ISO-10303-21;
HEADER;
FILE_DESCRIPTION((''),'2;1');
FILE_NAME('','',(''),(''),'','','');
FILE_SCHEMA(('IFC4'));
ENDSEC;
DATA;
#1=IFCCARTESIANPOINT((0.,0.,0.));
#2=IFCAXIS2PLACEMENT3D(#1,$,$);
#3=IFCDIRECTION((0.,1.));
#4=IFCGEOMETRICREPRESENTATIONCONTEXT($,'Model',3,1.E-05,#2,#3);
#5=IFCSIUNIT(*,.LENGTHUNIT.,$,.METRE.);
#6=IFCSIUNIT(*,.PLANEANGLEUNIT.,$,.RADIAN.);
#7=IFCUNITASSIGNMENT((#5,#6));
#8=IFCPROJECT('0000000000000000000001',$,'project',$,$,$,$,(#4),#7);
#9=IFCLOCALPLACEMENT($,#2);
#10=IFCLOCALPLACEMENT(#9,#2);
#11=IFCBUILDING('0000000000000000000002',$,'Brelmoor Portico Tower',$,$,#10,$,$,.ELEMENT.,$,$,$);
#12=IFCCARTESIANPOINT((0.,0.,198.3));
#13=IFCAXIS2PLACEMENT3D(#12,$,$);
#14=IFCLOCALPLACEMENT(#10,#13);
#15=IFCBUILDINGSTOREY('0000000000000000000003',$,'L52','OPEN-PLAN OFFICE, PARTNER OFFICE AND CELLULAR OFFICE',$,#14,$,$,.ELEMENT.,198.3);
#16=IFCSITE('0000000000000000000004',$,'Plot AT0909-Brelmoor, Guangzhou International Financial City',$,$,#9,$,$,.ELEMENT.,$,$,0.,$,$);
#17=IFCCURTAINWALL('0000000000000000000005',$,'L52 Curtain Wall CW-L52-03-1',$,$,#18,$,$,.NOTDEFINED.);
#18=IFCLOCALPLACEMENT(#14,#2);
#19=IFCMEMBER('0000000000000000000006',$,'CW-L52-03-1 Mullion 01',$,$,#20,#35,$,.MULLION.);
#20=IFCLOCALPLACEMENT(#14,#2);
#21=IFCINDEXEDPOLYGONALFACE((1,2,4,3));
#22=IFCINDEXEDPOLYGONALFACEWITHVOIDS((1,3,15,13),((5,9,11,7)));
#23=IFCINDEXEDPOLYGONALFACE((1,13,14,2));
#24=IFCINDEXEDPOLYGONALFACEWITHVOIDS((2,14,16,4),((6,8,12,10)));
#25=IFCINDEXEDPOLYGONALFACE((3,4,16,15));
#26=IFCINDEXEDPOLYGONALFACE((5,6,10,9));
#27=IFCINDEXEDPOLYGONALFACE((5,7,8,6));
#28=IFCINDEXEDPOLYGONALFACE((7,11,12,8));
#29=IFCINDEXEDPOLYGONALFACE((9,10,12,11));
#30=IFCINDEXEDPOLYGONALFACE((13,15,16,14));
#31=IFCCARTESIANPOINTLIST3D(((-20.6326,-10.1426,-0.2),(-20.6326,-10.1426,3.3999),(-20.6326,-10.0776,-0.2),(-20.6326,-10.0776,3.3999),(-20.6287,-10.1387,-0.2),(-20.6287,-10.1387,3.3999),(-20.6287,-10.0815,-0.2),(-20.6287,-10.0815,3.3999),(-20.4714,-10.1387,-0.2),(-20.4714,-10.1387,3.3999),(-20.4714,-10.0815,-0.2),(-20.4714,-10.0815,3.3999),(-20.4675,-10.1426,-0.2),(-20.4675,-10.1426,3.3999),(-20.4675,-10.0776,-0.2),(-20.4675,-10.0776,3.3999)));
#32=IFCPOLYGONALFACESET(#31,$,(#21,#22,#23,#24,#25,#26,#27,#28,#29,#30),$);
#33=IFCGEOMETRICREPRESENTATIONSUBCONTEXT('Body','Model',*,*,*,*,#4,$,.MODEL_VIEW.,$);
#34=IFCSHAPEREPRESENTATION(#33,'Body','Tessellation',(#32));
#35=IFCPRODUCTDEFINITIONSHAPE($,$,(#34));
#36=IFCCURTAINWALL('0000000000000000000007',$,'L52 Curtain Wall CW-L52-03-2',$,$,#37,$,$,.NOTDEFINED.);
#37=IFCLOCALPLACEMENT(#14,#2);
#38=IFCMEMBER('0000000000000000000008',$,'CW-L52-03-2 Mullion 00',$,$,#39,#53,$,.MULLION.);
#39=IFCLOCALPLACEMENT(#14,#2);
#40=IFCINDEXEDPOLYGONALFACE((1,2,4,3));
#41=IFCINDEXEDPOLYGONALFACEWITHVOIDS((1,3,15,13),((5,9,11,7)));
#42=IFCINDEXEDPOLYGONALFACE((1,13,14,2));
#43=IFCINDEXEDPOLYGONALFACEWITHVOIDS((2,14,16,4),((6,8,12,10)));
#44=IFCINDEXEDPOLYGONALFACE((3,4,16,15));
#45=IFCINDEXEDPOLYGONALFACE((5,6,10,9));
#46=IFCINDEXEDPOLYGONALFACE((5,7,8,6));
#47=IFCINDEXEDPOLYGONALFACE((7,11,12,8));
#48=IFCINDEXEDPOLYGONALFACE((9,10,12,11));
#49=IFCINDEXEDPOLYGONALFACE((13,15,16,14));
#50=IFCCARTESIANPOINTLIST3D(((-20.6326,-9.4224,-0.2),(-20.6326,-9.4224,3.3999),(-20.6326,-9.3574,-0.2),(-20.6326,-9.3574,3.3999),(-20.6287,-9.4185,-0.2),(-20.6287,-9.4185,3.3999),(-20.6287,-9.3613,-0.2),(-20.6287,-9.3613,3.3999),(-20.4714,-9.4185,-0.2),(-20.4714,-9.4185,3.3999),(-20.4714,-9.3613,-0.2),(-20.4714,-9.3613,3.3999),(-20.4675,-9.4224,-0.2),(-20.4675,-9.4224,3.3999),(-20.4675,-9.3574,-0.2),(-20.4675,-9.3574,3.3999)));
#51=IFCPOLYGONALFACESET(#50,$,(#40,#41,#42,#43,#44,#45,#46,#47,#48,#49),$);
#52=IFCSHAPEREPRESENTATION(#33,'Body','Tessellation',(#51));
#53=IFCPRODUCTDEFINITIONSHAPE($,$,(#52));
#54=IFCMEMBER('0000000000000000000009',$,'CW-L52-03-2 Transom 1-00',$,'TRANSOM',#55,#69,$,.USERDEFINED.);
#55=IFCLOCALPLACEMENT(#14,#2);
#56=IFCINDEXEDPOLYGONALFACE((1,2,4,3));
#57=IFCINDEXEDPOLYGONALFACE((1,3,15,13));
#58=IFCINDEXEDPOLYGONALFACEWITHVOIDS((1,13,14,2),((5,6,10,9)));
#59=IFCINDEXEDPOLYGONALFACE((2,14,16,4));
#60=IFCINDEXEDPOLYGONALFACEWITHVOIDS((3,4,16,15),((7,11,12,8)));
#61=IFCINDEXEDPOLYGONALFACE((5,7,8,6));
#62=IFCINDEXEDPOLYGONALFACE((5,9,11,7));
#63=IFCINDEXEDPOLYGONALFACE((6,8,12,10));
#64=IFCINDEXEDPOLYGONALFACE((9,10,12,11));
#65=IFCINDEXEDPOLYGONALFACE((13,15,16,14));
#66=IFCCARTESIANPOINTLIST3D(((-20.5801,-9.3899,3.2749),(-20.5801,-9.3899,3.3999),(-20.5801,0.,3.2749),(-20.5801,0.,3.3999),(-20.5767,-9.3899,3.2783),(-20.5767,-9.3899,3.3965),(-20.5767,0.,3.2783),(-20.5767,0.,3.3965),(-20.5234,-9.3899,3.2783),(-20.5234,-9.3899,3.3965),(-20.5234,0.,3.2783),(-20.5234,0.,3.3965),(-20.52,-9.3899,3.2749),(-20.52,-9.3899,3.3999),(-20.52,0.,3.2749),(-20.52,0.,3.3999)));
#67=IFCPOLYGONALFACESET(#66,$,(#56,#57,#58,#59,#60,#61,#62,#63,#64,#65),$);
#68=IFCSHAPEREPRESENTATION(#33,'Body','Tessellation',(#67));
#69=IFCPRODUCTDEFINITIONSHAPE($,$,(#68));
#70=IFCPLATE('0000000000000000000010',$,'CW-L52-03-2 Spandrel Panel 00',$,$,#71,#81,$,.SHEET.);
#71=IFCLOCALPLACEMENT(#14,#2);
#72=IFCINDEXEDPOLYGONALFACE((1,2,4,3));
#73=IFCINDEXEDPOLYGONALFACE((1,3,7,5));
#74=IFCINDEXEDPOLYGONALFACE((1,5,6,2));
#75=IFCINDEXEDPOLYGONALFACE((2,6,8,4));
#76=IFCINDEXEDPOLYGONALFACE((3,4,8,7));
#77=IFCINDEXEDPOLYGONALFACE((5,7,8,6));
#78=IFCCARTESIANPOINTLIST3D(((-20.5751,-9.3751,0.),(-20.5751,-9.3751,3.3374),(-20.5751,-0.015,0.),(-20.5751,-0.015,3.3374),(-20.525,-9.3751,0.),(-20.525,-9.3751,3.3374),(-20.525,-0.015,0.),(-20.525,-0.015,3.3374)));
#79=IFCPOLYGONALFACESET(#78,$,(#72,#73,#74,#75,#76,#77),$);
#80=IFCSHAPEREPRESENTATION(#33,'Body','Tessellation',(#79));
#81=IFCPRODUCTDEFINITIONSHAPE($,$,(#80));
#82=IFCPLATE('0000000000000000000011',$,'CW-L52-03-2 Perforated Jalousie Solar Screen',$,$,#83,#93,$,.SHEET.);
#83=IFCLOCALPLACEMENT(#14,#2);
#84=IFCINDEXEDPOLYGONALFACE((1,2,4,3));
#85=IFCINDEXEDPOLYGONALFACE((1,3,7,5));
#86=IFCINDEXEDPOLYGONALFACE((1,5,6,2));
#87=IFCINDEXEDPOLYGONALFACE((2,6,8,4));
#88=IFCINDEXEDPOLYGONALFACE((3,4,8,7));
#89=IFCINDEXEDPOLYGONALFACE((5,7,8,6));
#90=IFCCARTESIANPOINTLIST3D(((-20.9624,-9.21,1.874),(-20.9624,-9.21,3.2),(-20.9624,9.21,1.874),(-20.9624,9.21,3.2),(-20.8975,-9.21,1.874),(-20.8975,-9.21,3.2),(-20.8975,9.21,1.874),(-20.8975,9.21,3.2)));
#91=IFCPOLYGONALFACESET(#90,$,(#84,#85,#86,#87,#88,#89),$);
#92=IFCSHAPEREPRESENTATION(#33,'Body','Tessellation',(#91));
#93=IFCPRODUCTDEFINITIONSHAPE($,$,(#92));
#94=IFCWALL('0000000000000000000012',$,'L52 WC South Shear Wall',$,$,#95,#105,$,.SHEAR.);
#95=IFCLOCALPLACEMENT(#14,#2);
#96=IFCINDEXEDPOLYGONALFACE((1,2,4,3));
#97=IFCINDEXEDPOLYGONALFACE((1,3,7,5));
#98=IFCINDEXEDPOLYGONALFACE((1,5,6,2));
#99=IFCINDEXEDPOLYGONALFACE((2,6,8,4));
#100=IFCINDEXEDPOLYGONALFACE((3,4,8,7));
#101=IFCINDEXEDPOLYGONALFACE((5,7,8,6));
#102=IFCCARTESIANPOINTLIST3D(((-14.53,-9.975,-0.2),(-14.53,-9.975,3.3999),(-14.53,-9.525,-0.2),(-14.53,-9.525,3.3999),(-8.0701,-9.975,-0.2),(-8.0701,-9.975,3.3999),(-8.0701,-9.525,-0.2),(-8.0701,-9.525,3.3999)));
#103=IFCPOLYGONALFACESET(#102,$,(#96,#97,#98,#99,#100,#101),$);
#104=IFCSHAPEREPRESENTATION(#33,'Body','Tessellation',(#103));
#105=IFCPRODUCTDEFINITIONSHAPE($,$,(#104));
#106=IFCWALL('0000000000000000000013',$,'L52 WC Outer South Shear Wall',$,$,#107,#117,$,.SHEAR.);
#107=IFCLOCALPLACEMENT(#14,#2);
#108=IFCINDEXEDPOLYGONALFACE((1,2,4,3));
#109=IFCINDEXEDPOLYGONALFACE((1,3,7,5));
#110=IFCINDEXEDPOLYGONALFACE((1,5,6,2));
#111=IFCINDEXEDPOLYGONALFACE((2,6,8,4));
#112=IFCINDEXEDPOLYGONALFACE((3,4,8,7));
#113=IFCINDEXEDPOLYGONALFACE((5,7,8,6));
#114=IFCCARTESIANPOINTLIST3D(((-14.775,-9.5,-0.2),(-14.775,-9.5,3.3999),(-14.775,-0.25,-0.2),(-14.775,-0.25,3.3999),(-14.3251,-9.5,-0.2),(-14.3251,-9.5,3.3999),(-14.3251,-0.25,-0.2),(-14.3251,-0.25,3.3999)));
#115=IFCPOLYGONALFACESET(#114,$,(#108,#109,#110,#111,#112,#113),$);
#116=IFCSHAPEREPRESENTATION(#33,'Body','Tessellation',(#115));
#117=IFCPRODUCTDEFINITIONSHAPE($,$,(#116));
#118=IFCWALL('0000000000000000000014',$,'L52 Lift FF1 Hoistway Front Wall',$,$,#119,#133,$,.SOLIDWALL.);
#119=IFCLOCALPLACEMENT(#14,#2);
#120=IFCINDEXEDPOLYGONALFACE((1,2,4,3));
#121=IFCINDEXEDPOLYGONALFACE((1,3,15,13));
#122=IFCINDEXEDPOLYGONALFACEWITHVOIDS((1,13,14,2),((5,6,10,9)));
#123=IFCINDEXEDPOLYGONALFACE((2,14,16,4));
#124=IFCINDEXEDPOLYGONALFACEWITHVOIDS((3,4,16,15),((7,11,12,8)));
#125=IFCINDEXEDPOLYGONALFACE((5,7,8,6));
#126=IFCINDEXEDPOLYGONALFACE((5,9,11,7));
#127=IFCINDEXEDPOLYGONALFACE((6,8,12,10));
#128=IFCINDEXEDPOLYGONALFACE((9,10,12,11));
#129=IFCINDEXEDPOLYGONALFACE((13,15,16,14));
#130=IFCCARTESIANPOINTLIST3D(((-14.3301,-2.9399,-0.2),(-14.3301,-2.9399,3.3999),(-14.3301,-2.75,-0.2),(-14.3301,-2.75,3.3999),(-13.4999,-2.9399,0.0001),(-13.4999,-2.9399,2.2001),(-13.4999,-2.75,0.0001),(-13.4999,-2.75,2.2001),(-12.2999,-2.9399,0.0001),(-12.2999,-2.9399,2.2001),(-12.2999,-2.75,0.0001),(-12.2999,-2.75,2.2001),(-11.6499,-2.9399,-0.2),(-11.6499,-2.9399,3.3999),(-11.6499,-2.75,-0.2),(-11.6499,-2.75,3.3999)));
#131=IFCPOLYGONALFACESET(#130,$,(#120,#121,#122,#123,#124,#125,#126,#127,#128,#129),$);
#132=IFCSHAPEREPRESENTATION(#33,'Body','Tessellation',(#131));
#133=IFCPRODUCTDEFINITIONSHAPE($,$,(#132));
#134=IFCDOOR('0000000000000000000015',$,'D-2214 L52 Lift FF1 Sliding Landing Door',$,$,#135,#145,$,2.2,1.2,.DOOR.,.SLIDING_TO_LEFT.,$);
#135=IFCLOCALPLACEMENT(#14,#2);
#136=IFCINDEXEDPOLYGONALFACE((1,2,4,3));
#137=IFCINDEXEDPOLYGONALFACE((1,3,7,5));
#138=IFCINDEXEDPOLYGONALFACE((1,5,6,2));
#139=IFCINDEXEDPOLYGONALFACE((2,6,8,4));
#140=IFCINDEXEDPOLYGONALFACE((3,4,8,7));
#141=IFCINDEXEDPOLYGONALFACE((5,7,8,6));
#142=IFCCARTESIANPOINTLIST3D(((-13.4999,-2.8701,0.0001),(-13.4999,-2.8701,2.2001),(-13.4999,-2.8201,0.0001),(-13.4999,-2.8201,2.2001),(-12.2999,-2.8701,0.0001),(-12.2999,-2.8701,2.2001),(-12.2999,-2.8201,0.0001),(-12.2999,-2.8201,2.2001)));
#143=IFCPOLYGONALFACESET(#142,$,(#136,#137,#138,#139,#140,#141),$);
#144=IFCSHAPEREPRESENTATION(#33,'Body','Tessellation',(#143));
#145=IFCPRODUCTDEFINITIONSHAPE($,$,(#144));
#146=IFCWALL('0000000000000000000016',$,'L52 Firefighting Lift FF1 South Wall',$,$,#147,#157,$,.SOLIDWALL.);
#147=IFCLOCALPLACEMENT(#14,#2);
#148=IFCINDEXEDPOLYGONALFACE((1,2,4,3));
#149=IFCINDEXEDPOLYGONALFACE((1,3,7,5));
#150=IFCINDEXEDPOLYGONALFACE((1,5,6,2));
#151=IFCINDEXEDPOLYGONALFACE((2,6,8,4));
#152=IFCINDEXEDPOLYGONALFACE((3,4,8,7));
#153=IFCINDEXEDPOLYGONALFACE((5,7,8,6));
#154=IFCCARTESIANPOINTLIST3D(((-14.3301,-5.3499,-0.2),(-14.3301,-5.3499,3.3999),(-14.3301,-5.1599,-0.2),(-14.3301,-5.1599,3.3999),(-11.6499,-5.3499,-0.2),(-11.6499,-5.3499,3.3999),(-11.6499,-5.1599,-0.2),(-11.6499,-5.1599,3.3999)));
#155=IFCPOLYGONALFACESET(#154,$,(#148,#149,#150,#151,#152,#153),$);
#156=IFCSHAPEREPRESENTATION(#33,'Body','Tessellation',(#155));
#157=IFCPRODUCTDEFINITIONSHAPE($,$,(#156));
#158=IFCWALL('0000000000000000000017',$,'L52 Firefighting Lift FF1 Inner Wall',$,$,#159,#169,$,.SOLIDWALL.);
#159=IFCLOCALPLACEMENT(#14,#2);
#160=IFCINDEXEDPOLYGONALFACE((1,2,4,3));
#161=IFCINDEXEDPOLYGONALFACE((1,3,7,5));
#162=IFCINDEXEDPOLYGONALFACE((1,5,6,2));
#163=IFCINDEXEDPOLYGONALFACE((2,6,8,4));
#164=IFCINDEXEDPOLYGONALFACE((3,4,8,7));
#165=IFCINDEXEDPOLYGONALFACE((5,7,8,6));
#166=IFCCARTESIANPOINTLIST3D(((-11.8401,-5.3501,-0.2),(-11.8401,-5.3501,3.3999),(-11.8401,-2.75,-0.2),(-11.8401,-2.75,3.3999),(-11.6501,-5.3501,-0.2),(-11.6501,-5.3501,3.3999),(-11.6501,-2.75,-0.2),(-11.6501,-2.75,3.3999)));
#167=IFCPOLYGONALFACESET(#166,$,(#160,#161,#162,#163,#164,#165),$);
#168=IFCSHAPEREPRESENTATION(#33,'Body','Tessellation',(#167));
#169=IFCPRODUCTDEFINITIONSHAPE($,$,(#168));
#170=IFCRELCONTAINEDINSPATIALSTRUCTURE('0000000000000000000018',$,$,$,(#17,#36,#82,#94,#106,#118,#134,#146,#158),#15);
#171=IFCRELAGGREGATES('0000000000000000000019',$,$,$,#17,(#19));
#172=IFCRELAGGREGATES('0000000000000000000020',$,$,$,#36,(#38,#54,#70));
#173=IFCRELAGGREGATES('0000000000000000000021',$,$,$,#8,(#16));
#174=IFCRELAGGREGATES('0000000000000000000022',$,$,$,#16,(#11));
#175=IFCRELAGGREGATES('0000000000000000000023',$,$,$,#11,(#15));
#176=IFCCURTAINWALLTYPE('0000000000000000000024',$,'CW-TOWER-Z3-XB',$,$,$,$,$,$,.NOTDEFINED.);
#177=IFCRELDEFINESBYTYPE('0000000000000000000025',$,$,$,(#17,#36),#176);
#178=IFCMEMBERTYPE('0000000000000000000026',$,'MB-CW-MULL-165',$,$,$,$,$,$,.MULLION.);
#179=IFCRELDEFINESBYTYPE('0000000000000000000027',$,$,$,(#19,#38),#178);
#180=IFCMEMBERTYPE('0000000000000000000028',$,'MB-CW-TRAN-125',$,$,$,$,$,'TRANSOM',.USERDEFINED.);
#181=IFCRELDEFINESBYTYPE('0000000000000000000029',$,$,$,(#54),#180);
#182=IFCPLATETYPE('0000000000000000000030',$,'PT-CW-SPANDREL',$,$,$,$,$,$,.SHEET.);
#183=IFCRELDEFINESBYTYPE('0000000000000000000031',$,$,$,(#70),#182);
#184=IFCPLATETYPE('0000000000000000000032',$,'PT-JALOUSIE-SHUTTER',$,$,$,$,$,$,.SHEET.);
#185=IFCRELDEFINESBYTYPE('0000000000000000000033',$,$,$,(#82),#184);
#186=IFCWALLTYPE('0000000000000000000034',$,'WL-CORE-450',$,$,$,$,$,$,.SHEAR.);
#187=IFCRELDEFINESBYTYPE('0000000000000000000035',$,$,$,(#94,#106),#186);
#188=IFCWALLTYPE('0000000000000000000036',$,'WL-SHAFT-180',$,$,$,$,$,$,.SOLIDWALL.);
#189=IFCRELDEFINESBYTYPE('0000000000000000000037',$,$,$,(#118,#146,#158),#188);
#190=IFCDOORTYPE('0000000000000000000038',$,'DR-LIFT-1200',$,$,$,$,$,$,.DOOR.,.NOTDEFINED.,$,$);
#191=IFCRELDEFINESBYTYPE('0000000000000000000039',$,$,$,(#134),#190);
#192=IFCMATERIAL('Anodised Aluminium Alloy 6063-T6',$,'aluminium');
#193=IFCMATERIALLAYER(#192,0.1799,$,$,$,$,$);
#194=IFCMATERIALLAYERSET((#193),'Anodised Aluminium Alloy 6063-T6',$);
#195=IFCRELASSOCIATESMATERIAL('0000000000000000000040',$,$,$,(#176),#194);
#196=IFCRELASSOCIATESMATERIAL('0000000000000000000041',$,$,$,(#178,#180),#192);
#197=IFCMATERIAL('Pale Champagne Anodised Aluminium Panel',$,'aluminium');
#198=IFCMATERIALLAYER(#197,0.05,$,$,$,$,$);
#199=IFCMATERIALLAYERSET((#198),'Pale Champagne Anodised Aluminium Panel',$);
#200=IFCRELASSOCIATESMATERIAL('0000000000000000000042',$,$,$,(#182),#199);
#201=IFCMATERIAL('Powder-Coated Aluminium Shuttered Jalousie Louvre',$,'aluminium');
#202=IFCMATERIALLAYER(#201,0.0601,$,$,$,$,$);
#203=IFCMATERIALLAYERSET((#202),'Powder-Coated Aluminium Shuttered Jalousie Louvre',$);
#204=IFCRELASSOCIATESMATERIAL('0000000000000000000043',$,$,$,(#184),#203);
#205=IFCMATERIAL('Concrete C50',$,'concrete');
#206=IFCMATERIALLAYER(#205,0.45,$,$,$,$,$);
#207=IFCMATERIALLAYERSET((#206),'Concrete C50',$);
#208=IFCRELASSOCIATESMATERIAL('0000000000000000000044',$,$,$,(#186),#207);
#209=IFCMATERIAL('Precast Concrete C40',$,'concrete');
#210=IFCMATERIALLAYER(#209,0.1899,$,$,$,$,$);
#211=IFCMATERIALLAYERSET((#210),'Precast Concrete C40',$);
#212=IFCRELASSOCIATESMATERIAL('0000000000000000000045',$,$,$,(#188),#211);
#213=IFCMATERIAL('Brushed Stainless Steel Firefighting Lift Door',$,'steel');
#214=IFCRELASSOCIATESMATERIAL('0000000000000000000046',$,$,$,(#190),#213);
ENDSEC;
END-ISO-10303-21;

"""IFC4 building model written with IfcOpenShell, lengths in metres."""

from ifc_helpers import new_model, si_unit, direction, frame, frame_2d, origin, origin_2d, place, context, subcontext, project, spatial, rectangle, hollow_rectangle, extrude, material, layer, layer_set, material_profile, profile_set, type_object, element, fill, aggregate, save


model = new_model("IFC4")

# Units and contexts
model_context = context("Model", 3, precision=1e-05, world=origin(), true_north=direction((0.0, 1.0)))
body_context = subcontext(model_context, "Body", "Model", "MODEL_VIEW")
ifc_project = project(units=[si_unit("LENGTHUNIT", "METRE"), si_unit("PLANEANGLEUNIT", "RADIAN")], contexts=[model_context])

# Site, building, storey
site_placement = place(None, origin())
site = spatial("IfcSite", under=ifc_project, at=site_placement, Name="Plot AT0909-Brelmoor, Guangzhou International Financial City", CompositionType="ELEMENT", RefElevation=0.0)
building_placement = place(site_placement, origin())
building = spatial("IfcBuilding", under=site, at=building_placement, Name="Brelmoor Portico Tower", CompositionType="ELEMENT")
storey_placement = place(building_placement, frame((0.0, 0.0, 198.3)))
storey = spatial("IfcBuildingStorey", under=building, at=storey_placement, Name="L52", Description="OPEN-PLAN OFFICE, PARTNER OFFICE AND CELLULAR OFFICE", CompositionType="ELEMENT", Elevation=198.3)

# Curtain wall, member
ifc_material_1 = material(Name="Anodised Aluminium Alloy 6063-T6", Category="aluminium")
ifc_layer_1 = layer(ifc_material_1, 0.1799)
ifc_layer_set_1 = layer_set([ifc_layer_1], Name="Anodised Aluminium Alloy 6063-T6")
curtain_wall_type = type_object("IfcCurtainWallType", Name="CW-TOWER-Z3-XB", PredefinedType="NOTDEFINED", material=ifc_layer_set_1)
curtain_wall_1_placement = place(storey_placement, origin())
curtain_wall_1 = element("IfcCurtainWall", 1, at=curtain_wall_1_placement, inside=storey, type_object=curtain_wall_type, Name="L52 Curtain Wall CW-L52-03-1", PredefinedType="NOTDEFINED")
ifc_material_profile_1 = material_profile(ifc_material_1, hollow_rectangle(XDim=0.0649, YDim=0.165, WallThickness=0.0039, at=origin_2d()), Name="ALU MULLION 65x165")
ifc_profile_set_1 = profile_set([ifc_material_profile_1], Name="Anodised Aluminium Alloy 6063-T6")
member_type_1 = type_object("IfcMemberType", Name="MB-CW-MULL-165", PredefinedType="MULLION", material=ifc_profile_set_1)
member_1_placement = place(storey_placement, frame((-20.55, -10.1101, -0.2), z_axis=(0.0, 0.0, 1.0), x_axis=(0.0, 1.0, 0.0)))
member_1 = element("IfcMember", 2, at=member_1_placement, type_object=member_type_1, Name="CW-L52-03-1 Mullion 01", PredefinedType="MULLION", context=body_context, shape_type="SweptSolid", body=[
    extrude(hollow_rectangle(XDim=0.0649, YDim=0.165, WallThickness=0.0039, at=origin_2d()), origin(), (0.0, 0.0, 1.0), 3.5999),
])
aggregate(curtain_wall_1, [member_1])

# Curtain wall, members, plate
curtain_wall_2_placement = place(storey_placement, origin())
curtain_wall_2 = element("IfcCurtainWall", 3, at=curtain_wall_2_placement, inside=storey, type_object=curtain_wall_type, Name="L52 Curtain Wall CW-L52-03-2", PredefinedType="NOTDEFINED")
member_2_placement = place(storey_placement, frame((-20.55, -9.3899, -0.2), z_axis=(0.0, 0.0, 1.0), x_axis=(0.0, 1.0, 0.0)))
member_2 = element("IfcMember", 4, at=member_2_placement, type_object=member_type_1, Name="CW-L52-03-2 Mullion 00", PredefinedType="MULLION", context=body_context, shape_type="SweptSolid", body=[
    extrude(hollow_rectangle(XDim=0.0649, YDim=0.165, WallThickness=0.0039, at=origin_2d()), origin(), (0.0, 0.0, 1.0), 3.5999),
])
ifc_material_profile_2 = material_profile(ifc_material_1, hollow_rectangle(XDim=0.0601, YDim=0.125, WallThickness=0.0034, at=origin_2d()), Name="ALU TRANSOM 60x125")
ifc_profile_set_2 = profile_set([ifc_material_profile_2], Name="Anodised Aluminium Alloy 6063-T6")
member_type_2 = type_object("IfcMemberType", Name="MB-CW-TRAN-125", ElementType="TRANSOM", PredefinedType="USERDEFINED", material=ifc_profile_set_2)
member_3_placement = place(storey_placement, frame((-20.55, -9.3899, 3.3374), z_axis=(0.0, 1.0, 0.0), x_axis=(-1.0, 0.0, 0.0)))
member_3 = element("IfcMember", 5, at=member_3_placement, type_object=member_type_2, Name="CW-L52-03-2 Transom 1-00", ObjectType="TRANSOM", PredefinedType="USERDEFINED", context=body_context, shape_type="SweptSolid", body=[
    extrude(hollow_rectangle(XDim=0.0601, YDim=0.125, WallThickness=0.0034, at=origin_2d()), origin(), (0.0, 0.0, 1.0), 9.3899),
])
ifc_material_2 = material(Name="Pale Champagne Anodised Aluminium Panel", Category="aluminium")
ifc_layer_2 = layer(ifc_material_2, 0.05)
ifc_layer_set_2 = layer_set([ifc_layer_2], Name="Pale Champagne Anodised Aluminium Panel")
plate_type_1 = type_object("IfcPlateType", Name="PT-CW-SPANDREL", PredefinedType="SHEET", material=ifc_layer_set_2)
plate_1_placement = place(storey_placement, frame((-20.55, -4.6951, 0.0), z_axis=(0.0, 0.0, 1.0), x_axis=(0.0, 1.0, 0.0)))
plate_1 = element("IfcPlate", 6, at=plate_1_placement, type_object=plate_type_1, Name="CW-L52-03-2 Spandrel Panel 00", PredefinedType="SHEET", context=body_context, shape_type="SweptSolid", body=[
    extrude(rectangle(XDim=9.3601, YDim=0.05, at=origin_2d()), origin(), (0.0, 0.0, 1.0), 3.3374),
])
aggregate(curtain_wall_2, [member_2, member_3, plate_1])

# Plate
ifc_material_3 = material(Name="Powder-Coated Aluminium Shuttered Jalousie Louvre", Category="aluminium")
ifc_layer_3 = layer(ifc_material_3, 0.0601)
ifc_layer_set_3 = layer_set([ifc_layer_3], Name="Powder-Coated Aluminium Shuttered Jalousie Louvre")
plate_type_2 = type_object("IfcPlateType", Name="PT-JALOUSIE-SHUTTER", PredefinedType="SHEET", material=ifc_layer_set_3)
plate_2_placement = place(storey_placement, frame((-20.9299, 0.0, 1.874), z_axis=(0.0, 0.0, 1.0), x_axis=(0.0, 1.0, 0.0)))
element("IfcPlate", 7, at=plate_2_placement, inside=storey, type_object=plate_type_2, Name="CW-L52-03-2 Perforated Jalousie Solar Screen", PredefinedType="SHEET", context=body_context, shape_type="SweptSolid", body=[
    extrude(rectangle(XDim=18.4199, YDim=0.0649, at=origin_2d()), origin(), (0.0, 0.0, 1.0), 1.3259),
])

# Walls
ifc_material_4 = material(Name="Concrete C50", Category="concrete")
ifc_layer_4 = layer(ifc_material_4, 0.45)
ifc_layer_set_4 = layer_set([ifc_layer_4], Name="Concrete C50")
wall_type_1 = type_object("IfcWallType", Name="WL-CORE-450", PredefinedType="SHEAR", material=ifc_layer_set_4)
wall_1_placement = place(storey_placement, frame((-14.53, -9.75, -0.2), z_axis=(0.0, 0.0, 1.0), x_axis=(1.0, 0.0, 0.0)))
element("IfcWall", 8, at=wall_1_placement, inside=storey, type_object=wall_type_1, Name="L52 WC South Shear Wall", PredefinedType="SHEAR", context=body_context, shape_type="SweptSolid", body=[
    extrude(rectangle(XDim=6.46, YDim=0.45, at=frame_2d((3.23, 0.0))), origin(), (0.0, 0.0, 1.0), 3.5999),
])
wall_2_placement = place(storey_placement, frame((-14.55, -9.5, -0.2), z_axis=(0.0, 0.0, 1.0), x_axis=(0.0, 1.0, 0.0)))
element("IfcWall", 9, at=wall_2_placement, inside=storey, type_object=wall_type_1, Name="L52 WC Outer South Shear Wall", PredefinedType="SHEAR", context=body_context, shape_type="SweptSolid", body=[
    extrude(rectangle(XDim=9.25, YDim=0.45, at=frame_2d((4.625, 0.0))), origin(), (0.0, 0.0, 1.0), 3.5999),
])

# Wall, opening, door
ifc_material_5 = material(Name="Precast Concrete C40", Category="concrete")
ifc_layer_5 = layer(ifc_material_5, 0.1899)
ifc_layer_set_5 = layer_set([ifc_layer_5], Name="Precast Concrete C40")
wall_type_2 = type_object("IfcWallType", Name="WL-SHAFT-180", PredefinedType="SOLIDWALL", material=ifc_layer_set_5)
wall_3_placement = place(storey_placement, frame((-14.3301, -2.845, -0.2), z_axis=(0.0, 0.0, 1.0), x_axis=(1.0, 0.0, 0.0)))
wall_3 = element("IfcWall", 10, at=wall_3_placement, inside=storey, type_object=wall_type_2, Name="L52 Lift FF1 Hoistway Front Wall", PredefinedType="SOLIDWALL", context=body_context, shape_type="SweptSolid", body=[
    extrude(rectangle(XDim=2.6802, YDim=0.1899, at=frame_2d((1.3401, 0.0))), origin(), (0.0, 0.0, 1.0), 3.5999),
])
opening_1_placement = place(wall_3_placement, frame((0.8301, 0.0, 0.2)))
opening_1 = element("IfcOpeningElement", 11, at=opening_1_placement, cuts=wall_3, PredefinedType="OPENING", context=body_context, shape_type="SweptSolid", body=[
    extrude(rectangle(XDim=1.2, YDim=2.2, at=frame_2d((0.6001, 1.1001))), frame((0.0, 0.105, 0.0), z_axis=(0.0, -1.0, 0.0), x_axis=(1.0, 0.0, 0.0)), (0.0, 0.0, 1.0), 0.21),
])
ifc_material_6 = material(Name="Brushed Stainless Steel Firefighting Lift Door", Category="steel")
door_type_1 = type_object("IfcDoorType", Name="DR-LIFT-1200", OperationType="NOTDEFINED", PredefinedType="DOOR", material=ifc_material_6)
door_1_placement = place(opening_1_placement, origin())
door_1 = element("IfcDoor", 12, at=door_1_placement, inside=storey, type_object=door_type_1, Name="D-2214 L52 Lift FF1 Sliding Landing Door", OperationType="SLIDING_TO_LEFT", OverallHeight=2.2, OverallWidth=1.2, PredefinedType="DOOR", context=body_context, shape_type="SweptSolid", body=[
    extrude(rectangle(XDim=1.2, YDim=2.2, at=frame_2d((0.6001, 1.1001))), frame((0.0, 0.0249, 0.0), z_axis=(0.0, -1.0, 0.0), x_axis=(1.0, 0.0, 0.0)), (0.0, 0.0, 1.0), 0.05),
])
fill(opening_1, door_1)

# Walls
wall_4_placement = place(storey_placement, frame((-14.3301, -5.2549, -0.2), z_axis=(0.0, 0.0, 1.0), x_axis=(1.0, 0.0, 0.0)))
element("IfcWall", 13, at=wall_4_placement, inside=storey, type_object=wall_type_2, Name="L52 Firefighting Lift FF1 South Wall", PredefinedType="SOLIDWALL", context=body_context, shape_type="SweptSolid", body=[
    extrude(rectangle(XDim=2.6802, YDim=0.1899, at=frame_2d((1.3401, 0.0))), origin(), (0.0, 0.0, 1.0), 3.5999),
])
wall_5_placement = place(storey_placement, frame((-11.7451, -5.3501, -0.2), z_axis=(0.0, 0.0, 1.0), x_axis=(0.0, 1.0, 0.0)))
element("IfcWall", 14, at=wall_5_placement, inside=storey, type_object=wall_type_2, Name="L52 Firefighting Lift FF1 Inner Wall", PredefinedType="SOLIDWALL", context=body_context, shape_type="SweptSolid", body=[
    extrude(rectangle(XDim=2.6001, YDim=0.1899, at=frame_2d((1.3, 0.0))), origin(), (0.0, 0.0, 1.0), 3.5999),
])

save(model, "model.ifc")
